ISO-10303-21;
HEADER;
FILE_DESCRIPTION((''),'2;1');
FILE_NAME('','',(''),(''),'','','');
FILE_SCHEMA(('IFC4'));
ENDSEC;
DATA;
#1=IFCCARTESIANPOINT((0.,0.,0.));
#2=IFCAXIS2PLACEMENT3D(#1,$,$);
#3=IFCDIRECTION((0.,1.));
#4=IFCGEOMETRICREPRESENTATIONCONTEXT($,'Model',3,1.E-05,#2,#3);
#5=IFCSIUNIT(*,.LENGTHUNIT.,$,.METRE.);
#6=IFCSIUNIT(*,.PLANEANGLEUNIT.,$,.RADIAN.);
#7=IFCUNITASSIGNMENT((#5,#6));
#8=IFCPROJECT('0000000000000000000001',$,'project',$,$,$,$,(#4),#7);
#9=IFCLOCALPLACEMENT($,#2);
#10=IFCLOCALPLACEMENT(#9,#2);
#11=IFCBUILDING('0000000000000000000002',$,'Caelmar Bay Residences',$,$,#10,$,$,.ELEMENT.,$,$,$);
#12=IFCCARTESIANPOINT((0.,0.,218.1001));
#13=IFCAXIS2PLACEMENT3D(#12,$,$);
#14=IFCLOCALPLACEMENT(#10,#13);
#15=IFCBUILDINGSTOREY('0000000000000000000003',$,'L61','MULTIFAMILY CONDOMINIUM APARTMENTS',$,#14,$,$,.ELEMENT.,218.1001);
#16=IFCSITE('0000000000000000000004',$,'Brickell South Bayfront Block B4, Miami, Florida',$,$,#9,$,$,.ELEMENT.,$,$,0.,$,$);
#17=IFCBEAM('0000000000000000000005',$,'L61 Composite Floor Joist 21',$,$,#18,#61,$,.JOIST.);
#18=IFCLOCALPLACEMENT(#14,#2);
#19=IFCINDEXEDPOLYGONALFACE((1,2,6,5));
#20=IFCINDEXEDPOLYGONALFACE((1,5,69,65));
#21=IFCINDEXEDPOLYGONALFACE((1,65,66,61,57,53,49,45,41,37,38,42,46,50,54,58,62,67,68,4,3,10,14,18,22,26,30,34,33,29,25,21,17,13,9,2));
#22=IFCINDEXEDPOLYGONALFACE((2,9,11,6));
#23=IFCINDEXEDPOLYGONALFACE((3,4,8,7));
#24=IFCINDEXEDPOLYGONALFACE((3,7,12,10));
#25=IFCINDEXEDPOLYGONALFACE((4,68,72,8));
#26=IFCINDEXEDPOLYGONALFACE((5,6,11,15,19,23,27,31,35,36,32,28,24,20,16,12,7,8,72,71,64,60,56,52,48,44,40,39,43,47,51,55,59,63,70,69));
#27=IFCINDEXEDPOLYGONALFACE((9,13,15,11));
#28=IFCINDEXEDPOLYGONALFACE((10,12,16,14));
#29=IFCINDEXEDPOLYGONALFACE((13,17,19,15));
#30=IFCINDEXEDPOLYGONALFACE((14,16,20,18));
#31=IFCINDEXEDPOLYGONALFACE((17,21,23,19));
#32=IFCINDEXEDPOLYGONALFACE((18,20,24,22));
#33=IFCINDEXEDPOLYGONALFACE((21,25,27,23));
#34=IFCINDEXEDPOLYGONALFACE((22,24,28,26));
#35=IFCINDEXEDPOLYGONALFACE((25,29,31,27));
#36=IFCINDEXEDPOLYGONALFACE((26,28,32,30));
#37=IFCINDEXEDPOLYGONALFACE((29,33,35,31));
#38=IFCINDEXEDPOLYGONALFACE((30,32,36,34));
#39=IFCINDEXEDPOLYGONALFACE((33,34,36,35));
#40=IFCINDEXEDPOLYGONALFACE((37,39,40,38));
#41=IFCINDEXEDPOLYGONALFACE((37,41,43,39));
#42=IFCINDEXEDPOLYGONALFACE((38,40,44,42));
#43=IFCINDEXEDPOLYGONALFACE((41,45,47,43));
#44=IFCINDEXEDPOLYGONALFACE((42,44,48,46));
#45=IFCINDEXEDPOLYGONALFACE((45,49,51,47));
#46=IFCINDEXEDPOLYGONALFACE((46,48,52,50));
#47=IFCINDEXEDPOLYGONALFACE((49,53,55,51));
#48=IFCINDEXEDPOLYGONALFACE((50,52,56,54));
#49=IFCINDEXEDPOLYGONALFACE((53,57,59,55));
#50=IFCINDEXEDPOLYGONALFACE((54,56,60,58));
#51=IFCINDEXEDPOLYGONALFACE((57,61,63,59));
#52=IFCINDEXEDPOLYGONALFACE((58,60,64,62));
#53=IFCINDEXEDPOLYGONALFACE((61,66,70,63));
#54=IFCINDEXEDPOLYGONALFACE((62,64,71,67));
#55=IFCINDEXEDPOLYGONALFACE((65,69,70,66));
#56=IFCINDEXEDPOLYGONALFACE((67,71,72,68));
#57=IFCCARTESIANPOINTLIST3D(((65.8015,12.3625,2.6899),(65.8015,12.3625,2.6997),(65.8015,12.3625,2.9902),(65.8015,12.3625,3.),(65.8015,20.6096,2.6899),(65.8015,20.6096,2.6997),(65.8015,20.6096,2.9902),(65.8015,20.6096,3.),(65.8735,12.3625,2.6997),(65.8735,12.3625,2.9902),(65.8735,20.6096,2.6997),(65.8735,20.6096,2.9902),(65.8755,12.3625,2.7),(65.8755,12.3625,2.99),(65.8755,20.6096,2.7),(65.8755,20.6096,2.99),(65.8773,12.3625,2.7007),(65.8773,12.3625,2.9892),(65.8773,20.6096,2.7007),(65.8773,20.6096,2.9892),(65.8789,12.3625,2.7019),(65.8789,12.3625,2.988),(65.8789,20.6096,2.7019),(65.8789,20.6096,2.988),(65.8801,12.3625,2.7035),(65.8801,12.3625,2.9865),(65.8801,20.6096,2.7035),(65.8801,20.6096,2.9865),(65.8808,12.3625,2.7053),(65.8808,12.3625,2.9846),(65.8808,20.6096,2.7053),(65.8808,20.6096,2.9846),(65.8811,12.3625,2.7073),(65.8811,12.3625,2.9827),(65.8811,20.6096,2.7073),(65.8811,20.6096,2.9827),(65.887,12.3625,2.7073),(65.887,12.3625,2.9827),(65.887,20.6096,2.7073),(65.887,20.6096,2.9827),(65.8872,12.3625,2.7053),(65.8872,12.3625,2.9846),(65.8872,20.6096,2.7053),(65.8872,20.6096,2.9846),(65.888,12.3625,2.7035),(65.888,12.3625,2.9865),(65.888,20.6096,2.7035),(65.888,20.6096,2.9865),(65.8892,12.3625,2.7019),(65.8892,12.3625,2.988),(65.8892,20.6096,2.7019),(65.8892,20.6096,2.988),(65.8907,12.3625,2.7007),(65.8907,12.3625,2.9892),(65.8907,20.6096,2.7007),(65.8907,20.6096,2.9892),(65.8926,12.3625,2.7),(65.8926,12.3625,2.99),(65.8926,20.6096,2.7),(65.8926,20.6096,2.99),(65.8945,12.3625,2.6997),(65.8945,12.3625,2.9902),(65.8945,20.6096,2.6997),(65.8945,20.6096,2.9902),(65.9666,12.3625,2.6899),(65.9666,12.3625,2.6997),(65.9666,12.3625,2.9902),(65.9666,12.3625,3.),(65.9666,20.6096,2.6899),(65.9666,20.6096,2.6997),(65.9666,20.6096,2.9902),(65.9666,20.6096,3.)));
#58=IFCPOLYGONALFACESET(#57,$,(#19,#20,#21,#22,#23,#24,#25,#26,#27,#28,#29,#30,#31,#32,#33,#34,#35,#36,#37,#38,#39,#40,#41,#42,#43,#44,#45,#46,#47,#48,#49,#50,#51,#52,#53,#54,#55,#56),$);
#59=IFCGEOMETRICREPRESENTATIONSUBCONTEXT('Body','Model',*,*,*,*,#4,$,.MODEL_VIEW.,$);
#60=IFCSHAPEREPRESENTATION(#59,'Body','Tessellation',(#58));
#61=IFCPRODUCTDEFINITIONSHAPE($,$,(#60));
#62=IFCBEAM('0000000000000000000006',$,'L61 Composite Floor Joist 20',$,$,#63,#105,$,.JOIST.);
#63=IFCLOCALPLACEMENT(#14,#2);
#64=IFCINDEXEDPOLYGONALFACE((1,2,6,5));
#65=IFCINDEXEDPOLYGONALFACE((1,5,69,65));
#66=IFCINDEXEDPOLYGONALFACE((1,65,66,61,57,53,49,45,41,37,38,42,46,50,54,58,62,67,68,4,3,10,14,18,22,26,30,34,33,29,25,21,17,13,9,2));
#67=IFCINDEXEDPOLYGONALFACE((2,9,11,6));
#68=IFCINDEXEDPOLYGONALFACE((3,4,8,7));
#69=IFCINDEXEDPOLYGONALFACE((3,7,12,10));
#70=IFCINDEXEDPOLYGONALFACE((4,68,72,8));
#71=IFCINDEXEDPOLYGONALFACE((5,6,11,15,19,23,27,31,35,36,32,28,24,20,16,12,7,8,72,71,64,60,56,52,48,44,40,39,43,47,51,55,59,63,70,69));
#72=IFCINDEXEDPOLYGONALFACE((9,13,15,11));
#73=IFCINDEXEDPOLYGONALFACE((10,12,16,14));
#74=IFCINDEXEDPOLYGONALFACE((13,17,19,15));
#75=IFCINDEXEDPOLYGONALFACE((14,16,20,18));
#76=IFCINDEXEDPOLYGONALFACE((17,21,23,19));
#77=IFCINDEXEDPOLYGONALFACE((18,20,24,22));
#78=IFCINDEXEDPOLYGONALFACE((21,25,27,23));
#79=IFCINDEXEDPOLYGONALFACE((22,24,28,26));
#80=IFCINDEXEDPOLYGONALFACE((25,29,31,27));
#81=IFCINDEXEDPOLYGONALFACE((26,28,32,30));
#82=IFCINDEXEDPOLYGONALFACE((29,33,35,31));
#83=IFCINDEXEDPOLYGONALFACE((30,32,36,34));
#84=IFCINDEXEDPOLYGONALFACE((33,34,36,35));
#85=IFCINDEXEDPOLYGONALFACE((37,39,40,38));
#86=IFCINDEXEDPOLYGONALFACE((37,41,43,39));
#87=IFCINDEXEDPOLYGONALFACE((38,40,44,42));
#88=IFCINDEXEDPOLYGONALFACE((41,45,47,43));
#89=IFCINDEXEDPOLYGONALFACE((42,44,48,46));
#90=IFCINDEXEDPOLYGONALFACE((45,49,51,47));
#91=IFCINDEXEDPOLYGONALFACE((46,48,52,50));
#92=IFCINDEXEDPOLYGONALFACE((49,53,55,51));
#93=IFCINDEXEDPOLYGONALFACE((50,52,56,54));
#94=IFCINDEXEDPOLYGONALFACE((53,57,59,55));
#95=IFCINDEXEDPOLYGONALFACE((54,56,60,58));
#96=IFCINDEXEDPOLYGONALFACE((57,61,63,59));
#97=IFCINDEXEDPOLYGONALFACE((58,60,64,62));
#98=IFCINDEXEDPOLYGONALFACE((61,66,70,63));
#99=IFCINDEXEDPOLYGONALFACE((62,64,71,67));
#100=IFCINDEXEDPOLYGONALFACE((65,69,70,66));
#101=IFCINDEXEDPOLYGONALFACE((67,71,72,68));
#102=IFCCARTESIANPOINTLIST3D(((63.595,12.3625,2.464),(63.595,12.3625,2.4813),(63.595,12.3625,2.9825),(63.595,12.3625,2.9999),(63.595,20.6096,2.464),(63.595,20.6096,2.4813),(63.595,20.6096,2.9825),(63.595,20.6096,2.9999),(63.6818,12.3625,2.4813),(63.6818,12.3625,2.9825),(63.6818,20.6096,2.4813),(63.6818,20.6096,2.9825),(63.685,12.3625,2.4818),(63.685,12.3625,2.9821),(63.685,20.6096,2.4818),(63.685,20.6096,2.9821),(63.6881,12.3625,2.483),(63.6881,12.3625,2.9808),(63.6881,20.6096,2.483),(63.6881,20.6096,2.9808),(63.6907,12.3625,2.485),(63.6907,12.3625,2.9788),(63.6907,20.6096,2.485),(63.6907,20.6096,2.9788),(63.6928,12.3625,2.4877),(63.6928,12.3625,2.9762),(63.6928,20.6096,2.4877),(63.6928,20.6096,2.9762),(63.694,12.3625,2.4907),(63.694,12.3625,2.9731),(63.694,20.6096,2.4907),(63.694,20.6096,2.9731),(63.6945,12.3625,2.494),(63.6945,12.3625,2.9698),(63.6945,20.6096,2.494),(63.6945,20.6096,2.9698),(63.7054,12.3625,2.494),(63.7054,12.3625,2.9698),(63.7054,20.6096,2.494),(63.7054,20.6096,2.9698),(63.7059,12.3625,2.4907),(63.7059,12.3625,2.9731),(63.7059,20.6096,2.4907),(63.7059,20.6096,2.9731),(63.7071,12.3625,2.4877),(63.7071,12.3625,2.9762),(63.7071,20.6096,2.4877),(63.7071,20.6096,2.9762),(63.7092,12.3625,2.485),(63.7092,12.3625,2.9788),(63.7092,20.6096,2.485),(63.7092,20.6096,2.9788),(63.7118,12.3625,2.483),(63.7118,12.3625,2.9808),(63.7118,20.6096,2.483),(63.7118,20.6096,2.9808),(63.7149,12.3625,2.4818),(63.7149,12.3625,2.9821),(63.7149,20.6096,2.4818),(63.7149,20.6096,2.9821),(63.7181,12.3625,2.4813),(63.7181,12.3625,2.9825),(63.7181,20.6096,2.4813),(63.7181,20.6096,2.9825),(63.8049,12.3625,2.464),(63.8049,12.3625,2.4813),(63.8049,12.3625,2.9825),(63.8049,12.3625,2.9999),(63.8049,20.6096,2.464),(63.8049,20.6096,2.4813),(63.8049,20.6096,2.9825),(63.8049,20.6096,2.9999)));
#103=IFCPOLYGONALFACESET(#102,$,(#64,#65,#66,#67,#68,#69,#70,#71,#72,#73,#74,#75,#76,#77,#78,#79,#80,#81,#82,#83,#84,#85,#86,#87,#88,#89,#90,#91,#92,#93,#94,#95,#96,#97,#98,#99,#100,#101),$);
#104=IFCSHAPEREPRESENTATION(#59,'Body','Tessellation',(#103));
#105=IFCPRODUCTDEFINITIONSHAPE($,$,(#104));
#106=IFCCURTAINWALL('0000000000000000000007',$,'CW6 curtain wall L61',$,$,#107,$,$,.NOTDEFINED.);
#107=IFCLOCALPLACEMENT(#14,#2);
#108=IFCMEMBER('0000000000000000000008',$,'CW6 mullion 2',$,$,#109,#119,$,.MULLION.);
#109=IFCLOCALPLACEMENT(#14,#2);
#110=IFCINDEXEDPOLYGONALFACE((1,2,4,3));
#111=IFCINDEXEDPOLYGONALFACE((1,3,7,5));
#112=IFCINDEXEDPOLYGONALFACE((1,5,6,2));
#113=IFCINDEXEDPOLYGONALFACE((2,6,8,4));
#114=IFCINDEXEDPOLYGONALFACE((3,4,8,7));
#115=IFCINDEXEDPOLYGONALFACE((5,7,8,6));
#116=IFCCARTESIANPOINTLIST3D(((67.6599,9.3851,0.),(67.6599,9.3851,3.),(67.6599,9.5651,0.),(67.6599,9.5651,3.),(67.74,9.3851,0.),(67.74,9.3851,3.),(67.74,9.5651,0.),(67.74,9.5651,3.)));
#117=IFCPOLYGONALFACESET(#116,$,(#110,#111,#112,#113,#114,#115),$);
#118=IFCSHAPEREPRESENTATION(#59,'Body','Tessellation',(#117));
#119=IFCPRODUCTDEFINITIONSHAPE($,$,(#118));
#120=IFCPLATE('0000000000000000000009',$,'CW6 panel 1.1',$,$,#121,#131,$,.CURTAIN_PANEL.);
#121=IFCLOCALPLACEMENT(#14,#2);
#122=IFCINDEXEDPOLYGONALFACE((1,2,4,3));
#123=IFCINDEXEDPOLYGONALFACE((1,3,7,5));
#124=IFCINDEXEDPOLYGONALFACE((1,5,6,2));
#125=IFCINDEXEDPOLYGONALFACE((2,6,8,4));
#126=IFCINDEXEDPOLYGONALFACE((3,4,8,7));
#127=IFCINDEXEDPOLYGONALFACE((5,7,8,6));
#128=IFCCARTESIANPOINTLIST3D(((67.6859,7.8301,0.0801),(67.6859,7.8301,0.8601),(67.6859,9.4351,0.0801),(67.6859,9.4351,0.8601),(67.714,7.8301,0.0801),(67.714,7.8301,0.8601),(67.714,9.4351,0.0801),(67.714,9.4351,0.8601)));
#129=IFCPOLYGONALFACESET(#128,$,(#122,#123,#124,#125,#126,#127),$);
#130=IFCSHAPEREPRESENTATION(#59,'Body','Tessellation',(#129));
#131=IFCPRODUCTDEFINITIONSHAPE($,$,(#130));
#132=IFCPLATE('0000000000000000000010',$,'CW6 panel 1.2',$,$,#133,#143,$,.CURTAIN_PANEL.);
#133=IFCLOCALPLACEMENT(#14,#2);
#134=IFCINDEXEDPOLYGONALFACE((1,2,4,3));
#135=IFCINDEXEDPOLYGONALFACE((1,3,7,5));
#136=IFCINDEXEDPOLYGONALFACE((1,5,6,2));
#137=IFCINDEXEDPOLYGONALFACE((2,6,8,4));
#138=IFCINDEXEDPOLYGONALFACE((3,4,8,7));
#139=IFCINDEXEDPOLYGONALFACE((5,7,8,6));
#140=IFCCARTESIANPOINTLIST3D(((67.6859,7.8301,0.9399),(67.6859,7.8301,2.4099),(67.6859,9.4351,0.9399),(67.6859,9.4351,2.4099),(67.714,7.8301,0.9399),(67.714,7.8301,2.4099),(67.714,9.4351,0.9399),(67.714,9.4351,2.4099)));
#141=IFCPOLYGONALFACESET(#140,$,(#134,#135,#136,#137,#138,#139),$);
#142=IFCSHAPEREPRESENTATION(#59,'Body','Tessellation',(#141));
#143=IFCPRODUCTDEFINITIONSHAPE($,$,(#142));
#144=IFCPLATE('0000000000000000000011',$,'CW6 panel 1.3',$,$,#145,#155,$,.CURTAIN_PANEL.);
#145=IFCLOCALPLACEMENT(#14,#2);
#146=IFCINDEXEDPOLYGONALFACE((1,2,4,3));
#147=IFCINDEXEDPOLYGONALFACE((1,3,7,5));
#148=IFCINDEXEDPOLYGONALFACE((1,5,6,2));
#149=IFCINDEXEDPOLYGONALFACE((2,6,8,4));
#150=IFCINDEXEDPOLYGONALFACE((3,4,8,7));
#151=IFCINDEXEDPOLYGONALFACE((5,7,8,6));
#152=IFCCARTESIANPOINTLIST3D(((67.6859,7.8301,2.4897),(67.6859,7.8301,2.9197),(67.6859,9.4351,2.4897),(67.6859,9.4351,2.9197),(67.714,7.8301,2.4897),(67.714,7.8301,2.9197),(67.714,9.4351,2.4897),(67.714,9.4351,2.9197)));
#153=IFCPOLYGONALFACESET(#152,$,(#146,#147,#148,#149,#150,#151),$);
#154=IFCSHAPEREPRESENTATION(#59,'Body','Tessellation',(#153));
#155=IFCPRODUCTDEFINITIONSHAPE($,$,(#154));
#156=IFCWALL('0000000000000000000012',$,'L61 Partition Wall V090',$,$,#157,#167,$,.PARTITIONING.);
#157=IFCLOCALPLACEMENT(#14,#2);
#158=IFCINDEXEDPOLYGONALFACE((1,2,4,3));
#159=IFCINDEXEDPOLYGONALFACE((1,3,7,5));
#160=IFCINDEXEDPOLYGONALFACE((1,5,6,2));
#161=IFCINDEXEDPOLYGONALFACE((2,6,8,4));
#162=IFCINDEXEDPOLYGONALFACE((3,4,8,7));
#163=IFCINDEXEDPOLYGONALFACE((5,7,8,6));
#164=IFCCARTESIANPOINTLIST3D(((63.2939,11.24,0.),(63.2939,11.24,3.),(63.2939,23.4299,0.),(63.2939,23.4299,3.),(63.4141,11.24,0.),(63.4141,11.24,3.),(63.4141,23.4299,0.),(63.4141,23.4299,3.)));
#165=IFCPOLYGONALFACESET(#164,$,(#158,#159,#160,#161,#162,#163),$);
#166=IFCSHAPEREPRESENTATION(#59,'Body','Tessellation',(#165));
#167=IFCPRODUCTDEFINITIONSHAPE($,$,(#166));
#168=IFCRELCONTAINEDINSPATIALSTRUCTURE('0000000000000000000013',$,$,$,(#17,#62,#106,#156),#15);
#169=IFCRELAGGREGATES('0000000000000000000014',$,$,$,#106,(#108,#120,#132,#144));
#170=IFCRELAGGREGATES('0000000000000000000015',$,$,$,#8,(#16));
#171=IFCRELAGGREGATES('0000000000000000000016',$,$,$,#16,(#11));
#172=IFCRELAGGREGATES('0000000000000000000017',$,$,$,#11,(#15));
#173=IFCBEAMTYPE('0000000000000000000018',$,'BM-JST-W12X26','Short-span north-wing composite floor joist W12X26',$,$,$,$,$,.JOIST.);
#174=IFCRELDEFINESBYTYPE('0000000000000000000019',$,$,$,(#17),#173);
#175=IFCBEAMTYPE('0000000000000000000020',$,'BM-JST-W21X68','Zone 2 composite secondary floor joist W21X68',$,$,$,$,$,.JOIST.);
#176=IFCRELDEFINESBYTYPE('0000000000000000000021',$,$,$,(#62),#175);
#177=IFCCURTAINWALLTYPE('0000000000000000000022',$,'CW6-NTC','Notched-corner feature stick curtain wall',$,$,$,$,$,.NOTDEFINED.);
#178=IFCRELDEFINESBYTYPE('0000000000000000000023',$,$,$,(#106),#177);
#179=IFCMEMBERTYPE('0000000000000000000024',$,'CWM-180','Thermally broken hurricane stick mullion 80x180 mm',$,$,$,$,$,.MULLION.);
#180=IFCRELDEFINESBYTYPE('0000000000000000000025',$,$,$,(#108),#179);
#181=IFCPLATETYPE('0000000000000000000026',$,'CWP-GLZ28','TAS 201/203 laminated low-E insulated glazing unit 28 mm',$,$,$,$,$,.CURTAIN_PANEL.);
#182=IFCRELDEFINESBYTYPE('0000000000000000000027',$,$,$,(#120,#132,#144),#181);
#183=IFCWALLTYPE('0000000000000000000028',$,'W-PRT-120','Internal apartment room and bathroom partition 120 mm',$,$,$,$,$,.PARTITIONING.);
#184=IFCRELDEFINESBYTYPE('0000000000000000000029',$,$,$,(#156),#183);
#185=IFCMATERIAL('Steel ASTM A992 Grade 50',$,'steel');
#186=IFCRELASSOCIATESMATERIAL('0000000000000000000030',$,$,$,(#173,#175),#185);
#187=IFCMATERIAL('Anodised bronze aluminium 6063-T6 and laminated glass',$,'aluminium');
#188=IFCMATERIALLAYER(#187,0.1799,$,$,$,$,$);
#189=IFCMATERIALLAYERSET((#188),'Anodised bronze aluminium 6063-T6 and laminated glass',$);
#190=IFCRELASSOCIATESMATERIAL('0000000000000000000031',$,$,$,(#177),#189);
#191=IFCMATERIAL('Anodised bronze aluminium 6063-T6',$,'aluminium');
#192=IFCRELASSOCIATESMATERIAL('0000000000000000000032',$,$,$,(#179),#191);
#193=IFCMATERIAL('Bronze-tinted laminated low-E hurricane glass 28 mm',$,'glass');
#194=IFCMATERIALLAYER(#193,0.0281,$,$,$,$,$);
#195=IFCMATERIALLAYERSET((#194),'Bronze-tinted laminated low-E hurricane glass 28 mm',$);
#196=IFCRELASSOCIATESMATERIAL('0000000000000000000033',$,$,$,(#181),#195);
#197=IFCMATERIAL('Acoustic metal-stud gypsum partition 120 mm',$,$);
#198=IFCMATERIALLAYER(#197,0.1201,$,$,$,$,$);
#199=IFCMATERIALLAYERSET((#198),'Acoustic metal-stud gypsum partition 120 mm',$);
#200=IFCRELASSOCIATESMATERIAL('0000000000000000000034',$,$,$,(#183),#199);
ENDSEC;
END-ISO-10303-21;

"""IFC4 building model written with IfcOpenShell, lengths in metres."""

from ifc_helpers import new_model, si_unit, direction, frame, frame_2d, origin, origin_2d, place, context, subcontext, project, spatial, rectangle, i_section, extrude, material, layer, layer_set, material_profile, profile_set, type_object, element, aggregate, save


model = new_model("IFC4")

# Units and contexts
model_context = context("Model", 3, precision=1e-05, world=origin(), true_north=direction((0.0, 1.0)))
body_context = subcontext(model_context, "Body", "Model", "MODEL_VIEW")
ifc_project = project(units=[si_unit("LENGTHUNIT", "METRE"), si_unit("PLANEANGLEUNIT", "RADIAN")], contexts=[model_context])

# Site, building, storey
site_placement = place(None, origin())
site = spatial("IfcSite", under=ifc_project, at=site_placement, Name="Brickell South Bayfront Block B4, Miami, Florida", CompositionType="ELEMENT", RefElevation=0.0)
building_placement = place(site_placement, origin())
building = spatial("IfcBuilding", under=site, at=building_placement, Name="Caelmar Bay Residences", CompositionType="ELEMENT")
storey_placement = place(building_placement, frame((0.0, 0.0, 218.1001)))
storey = spatial("IfcBuildingStorey", under=building, at=storey_placement, Name="L61", Description="MULTIFAMILY CONDOMINIUM APARTMENTS", CompositionType="ELEMENT", Elevation=218.1001)

# Beams
ifc_material_1 = material(Name="Steel ASTM A992 Grade 50", Category="steel")
ifc_material_profile_1 = material_profile(ifc_material_1, i_section(OverallWidth=0.165, OverallDepth=0.3101, WebThickness=0.0059, FlangeThickness=0.0098, FilletRadius=0.0076, at=origin_2d()), Name="W12X26")
ifc_profile_set_1 = profile_set([ifc_material_profile_1], Name="Steel ASTM A992 Grade 50")
beam_type_1 = type_object("IfcBeamType", Name="BM-JST-W12X26", Description="Short-span north-wing composite floor joist W12X26", PredefinedType="JOIST", material=ifc_profile_set_1)
beam_1_placement = place(storey_placement, frame((65.884, 12.3625, 2.845), z_axis=(0.0, 1.0, 0.0), x_axis=(-1.0, 0.0, 0.0)))
element("IfcBeam", 1, at=beam_1_placement, inside=storey, type_object=beam_type_1, Name="L61 Composite Floor Joist 21", PredefinedType="JOIST", context=body_context, shape_type="SweptSolid", body=[
    extrude(i_section(OverallWidth=0.165, OverallDepth=0.3101, WebThickness=0.0059, FlangeThickness=0.0098, FilletRadius=0.0076, at=origin_2d()), origin(), (0.0, 0.0, 1.0), 8.2471),
])
ifc_material_profile_2 = material_profile(ifc_material_1, i_section(OverallWidth=0.21, OverallDepth=0.5359, WebThickness=0.011, FlangeThickness=0.0173, FilletRadius=0.0127, at=origin_2d()), Name="W21X68")
ifc_profile_set_2 = profile_set([ifc_material_profile_2], Name="Steel ASTM A992 Grade 50")
beam_type_2 = type_object("IfcBeamType", Name="BM-JST-W21X68", Description="Zone 2 composite secondary floor joist W21X68", PredefinedType="JOIST", material=ifc_profile_set_2)
beam_2_placement = place(storey_placement, frame((63.7, 12.3625, 2.7319), z_axis=(0.0, 1.0, 0.0), x_axis=(-1.0, 0.0, 0.0)))
element("IfcBeam", 2, at=beam_2_placement, inside=storey, type_object=beam_type_2, Name="L61 Composite Floor Joist 20", PredefinedType="JOIST", context=body_context, shape_type="SweptSolid", body=[
    extrude(i_section(OverallWidth=0.21, OverallDepth=0.5359, WebThickness=0.011, FlangeThickness=0.0173, FilletRadius=0.0127, at=origin_2d()), origin(), (0.0, 0.0, 1.0), 8.2471),
])

# Curtain wall, member, plates
ifc_material_2 = material(Name="Anodised bronze aluminium 6063-T6 and laminated glass", Category="aluminium")
ifc_layer_1 = layer(ifc_material_2, 0.1799)
ifc_layer_set_1 = layer_set([ifc_layer_1], Name="Anodised bronze aluminium 6063-T6 and laminated glass")
curtain_wall_type = type_object("IfcCurtainWallType", Name="CW6-NTC", Description="Notched-corner feature stick curtain wall", PredefinedType="NOTDEFINED", material=ifc_layer_set_1)
curtain_wall_placement = place(storey_placement, origin())
curtain_wall = element("IfcCurtainWall", 3, at=curtain_wall_placement, inside=storey, type_object=curtain_wall_type, Name="CW6 curtain wall L61", PredefinedType="NOTDEFINED")
ifc_material_3 = material(Name="Anodised bronze aluminium 6063-T6", Category="aluminium")
ifc_material_profile_3 = material_profile(ifc_material_3, rectangle(XDim=0.0801, YDim=0.1799, at=origin_2d()), Name="CWM-80X180")
ifc_profile_set_3 = profile_set([ifc_material_profile_3], Name="Anodised bronze aluminium 6063-T6")
member_type = type_object("IfcMemberType", Name="CWM-180", Description="Thermally broken hurricane stick mullion 80x180 mm", PredefinedType="MULLION", material=ifc_profile_set_3)
member_placement = place(storey_placement, frame((67.7, 9.4751, 0.0), z_axis=(0.0, 0.0, 1.0), x_axis=(-1.0, 0.0, 0.0)))
member = element("IfcMember", 4, at=member_placement, type_object=member_type, Name="CW6 mullion 2", PredefinedType="MULLION", context=body_context, shape_type="SweptSolid", body=[
    extrude(rectangle(XDim=0.0801, YDim=0.1799, at=origin_2d()), origin(), (0.0, 0.0, 1.0), 3.0),
])
ifc_material_4 = material(Name="Bronze-tinted laminated low-E hurricane glass 28 mm", Category="glass")
ifc_layer_2 = layer(ifc_material_4, 0.0281)
ifc_layer_set_2 = layer_set([ifc_layer_2], Name="Bronze-tinted laminated low-E hurricane glass 28 mm")
plate_type = type_object("IfcPlateType", Name="CWP-GLZ28", Description="TAS 201/203 laminated low-E insulated glazing unit 28 mm", PredefinedType="CURTAIN_PANEL", material=ifc_layer_set_2)
plate_1_placement = place(storey_placement, frame((67.7, 8.6326, 0.0801), z_axis=(0.0, 0.0, 1.0), x_axis=(0.0, 1.0, 0.0)))
plate_1 = element("IfcPlate", 5, at=plate_1_placement, type_object=plate_type, Name="CW6 panel 1.1", PredefinedType="CURTAIN_PANEL", context=body_context, shape_type="SweptSolid", body=[
    extrude(rectangle(XDim=1.605, YDim=0.0281, at=origin_2d()), origin(), (0.0, 0.0, 1.0), 0.78),
])
plate_2_placement = place(storey_placement, frame((67.7, 8.6326, 0.9399), z_axis=(0.0, 0.0, 1.0), x_axis=(0.0, 1.0, 0.0)))
plate_2 = element("IfcPlate", 6, at=plate_2_placement, type_object=plate_type, Name="CW6 panel 1.2", PredefinedType="CURTAIN_PANEL", context=body_context, shape_type="SweptSolid", body=[
    extrude(rectangle(XDim=1.605, YDim=0.0281, at=origin_2d()), origin(), (0.0, 0.0, 1.0), 1.47),
])
plate_3_placement = place(storey_placement, frame((67.7, 8.6326, 2.4897), z_axis=(0.0, 0.0, 1.0), x_axis=(0.0, 1.0, 0.0)))
plate_3 = element("IfcPlate", 7, at=plate_3_placement, type_object=plate_type, Name="CW6 panel 1.3", PredefinedType="CURTAIN_PANEL", context=body_context, shape_type="SweptSolid", body=[
    extrude(rectangle(XDim=1.605, YDim=0.0281, at=origin_2d()), origin(), (0.0, 0.0, 1.0), 0.4299),
])
aggregate(curtain_wall, [member, plate_1, plate_2, plate_3])

# Wall
ifc_material_5 = material(Name="Acoustic metal-stud gypsum partition 120 mm")
ifc_layer_3 = layer(ifc_material_5, 0.1201)
ifc_layer_set_3 = layer_set([ifc_layer_3], Name="Acoustic metal-stud gypsum partition 120 mm")
wall_type = type_object("IfcWallType", Name="W-PRT-120", Description="Internal apartment room and bathroom partition 120 mm", PredefinedType="PARTITIONING", material=ifc_layer_set_3)
wall_placement = place(storey_placement, frame((63.354, 11.24, 0.0), z_axis=(0.0, 0.0, 1.0), x_axis=(0.0, 1.0, 0.0)))
element("IfcWall", 8, at=wall_placement, inside=storey, type_object=wall_type, Name="L61 Partition Wall V090", PredefinedType="PARTITIONING", context=body_context, shape_type="SweptSolid", body=[
    extrude(rectangle(XDim=12.1899, YDim=0.1201, at=frame_2d((6.095, 0.0))), origin(), (0.0, 0.0, 1.0), 3.0),
])

save(model, "model.ifc")
